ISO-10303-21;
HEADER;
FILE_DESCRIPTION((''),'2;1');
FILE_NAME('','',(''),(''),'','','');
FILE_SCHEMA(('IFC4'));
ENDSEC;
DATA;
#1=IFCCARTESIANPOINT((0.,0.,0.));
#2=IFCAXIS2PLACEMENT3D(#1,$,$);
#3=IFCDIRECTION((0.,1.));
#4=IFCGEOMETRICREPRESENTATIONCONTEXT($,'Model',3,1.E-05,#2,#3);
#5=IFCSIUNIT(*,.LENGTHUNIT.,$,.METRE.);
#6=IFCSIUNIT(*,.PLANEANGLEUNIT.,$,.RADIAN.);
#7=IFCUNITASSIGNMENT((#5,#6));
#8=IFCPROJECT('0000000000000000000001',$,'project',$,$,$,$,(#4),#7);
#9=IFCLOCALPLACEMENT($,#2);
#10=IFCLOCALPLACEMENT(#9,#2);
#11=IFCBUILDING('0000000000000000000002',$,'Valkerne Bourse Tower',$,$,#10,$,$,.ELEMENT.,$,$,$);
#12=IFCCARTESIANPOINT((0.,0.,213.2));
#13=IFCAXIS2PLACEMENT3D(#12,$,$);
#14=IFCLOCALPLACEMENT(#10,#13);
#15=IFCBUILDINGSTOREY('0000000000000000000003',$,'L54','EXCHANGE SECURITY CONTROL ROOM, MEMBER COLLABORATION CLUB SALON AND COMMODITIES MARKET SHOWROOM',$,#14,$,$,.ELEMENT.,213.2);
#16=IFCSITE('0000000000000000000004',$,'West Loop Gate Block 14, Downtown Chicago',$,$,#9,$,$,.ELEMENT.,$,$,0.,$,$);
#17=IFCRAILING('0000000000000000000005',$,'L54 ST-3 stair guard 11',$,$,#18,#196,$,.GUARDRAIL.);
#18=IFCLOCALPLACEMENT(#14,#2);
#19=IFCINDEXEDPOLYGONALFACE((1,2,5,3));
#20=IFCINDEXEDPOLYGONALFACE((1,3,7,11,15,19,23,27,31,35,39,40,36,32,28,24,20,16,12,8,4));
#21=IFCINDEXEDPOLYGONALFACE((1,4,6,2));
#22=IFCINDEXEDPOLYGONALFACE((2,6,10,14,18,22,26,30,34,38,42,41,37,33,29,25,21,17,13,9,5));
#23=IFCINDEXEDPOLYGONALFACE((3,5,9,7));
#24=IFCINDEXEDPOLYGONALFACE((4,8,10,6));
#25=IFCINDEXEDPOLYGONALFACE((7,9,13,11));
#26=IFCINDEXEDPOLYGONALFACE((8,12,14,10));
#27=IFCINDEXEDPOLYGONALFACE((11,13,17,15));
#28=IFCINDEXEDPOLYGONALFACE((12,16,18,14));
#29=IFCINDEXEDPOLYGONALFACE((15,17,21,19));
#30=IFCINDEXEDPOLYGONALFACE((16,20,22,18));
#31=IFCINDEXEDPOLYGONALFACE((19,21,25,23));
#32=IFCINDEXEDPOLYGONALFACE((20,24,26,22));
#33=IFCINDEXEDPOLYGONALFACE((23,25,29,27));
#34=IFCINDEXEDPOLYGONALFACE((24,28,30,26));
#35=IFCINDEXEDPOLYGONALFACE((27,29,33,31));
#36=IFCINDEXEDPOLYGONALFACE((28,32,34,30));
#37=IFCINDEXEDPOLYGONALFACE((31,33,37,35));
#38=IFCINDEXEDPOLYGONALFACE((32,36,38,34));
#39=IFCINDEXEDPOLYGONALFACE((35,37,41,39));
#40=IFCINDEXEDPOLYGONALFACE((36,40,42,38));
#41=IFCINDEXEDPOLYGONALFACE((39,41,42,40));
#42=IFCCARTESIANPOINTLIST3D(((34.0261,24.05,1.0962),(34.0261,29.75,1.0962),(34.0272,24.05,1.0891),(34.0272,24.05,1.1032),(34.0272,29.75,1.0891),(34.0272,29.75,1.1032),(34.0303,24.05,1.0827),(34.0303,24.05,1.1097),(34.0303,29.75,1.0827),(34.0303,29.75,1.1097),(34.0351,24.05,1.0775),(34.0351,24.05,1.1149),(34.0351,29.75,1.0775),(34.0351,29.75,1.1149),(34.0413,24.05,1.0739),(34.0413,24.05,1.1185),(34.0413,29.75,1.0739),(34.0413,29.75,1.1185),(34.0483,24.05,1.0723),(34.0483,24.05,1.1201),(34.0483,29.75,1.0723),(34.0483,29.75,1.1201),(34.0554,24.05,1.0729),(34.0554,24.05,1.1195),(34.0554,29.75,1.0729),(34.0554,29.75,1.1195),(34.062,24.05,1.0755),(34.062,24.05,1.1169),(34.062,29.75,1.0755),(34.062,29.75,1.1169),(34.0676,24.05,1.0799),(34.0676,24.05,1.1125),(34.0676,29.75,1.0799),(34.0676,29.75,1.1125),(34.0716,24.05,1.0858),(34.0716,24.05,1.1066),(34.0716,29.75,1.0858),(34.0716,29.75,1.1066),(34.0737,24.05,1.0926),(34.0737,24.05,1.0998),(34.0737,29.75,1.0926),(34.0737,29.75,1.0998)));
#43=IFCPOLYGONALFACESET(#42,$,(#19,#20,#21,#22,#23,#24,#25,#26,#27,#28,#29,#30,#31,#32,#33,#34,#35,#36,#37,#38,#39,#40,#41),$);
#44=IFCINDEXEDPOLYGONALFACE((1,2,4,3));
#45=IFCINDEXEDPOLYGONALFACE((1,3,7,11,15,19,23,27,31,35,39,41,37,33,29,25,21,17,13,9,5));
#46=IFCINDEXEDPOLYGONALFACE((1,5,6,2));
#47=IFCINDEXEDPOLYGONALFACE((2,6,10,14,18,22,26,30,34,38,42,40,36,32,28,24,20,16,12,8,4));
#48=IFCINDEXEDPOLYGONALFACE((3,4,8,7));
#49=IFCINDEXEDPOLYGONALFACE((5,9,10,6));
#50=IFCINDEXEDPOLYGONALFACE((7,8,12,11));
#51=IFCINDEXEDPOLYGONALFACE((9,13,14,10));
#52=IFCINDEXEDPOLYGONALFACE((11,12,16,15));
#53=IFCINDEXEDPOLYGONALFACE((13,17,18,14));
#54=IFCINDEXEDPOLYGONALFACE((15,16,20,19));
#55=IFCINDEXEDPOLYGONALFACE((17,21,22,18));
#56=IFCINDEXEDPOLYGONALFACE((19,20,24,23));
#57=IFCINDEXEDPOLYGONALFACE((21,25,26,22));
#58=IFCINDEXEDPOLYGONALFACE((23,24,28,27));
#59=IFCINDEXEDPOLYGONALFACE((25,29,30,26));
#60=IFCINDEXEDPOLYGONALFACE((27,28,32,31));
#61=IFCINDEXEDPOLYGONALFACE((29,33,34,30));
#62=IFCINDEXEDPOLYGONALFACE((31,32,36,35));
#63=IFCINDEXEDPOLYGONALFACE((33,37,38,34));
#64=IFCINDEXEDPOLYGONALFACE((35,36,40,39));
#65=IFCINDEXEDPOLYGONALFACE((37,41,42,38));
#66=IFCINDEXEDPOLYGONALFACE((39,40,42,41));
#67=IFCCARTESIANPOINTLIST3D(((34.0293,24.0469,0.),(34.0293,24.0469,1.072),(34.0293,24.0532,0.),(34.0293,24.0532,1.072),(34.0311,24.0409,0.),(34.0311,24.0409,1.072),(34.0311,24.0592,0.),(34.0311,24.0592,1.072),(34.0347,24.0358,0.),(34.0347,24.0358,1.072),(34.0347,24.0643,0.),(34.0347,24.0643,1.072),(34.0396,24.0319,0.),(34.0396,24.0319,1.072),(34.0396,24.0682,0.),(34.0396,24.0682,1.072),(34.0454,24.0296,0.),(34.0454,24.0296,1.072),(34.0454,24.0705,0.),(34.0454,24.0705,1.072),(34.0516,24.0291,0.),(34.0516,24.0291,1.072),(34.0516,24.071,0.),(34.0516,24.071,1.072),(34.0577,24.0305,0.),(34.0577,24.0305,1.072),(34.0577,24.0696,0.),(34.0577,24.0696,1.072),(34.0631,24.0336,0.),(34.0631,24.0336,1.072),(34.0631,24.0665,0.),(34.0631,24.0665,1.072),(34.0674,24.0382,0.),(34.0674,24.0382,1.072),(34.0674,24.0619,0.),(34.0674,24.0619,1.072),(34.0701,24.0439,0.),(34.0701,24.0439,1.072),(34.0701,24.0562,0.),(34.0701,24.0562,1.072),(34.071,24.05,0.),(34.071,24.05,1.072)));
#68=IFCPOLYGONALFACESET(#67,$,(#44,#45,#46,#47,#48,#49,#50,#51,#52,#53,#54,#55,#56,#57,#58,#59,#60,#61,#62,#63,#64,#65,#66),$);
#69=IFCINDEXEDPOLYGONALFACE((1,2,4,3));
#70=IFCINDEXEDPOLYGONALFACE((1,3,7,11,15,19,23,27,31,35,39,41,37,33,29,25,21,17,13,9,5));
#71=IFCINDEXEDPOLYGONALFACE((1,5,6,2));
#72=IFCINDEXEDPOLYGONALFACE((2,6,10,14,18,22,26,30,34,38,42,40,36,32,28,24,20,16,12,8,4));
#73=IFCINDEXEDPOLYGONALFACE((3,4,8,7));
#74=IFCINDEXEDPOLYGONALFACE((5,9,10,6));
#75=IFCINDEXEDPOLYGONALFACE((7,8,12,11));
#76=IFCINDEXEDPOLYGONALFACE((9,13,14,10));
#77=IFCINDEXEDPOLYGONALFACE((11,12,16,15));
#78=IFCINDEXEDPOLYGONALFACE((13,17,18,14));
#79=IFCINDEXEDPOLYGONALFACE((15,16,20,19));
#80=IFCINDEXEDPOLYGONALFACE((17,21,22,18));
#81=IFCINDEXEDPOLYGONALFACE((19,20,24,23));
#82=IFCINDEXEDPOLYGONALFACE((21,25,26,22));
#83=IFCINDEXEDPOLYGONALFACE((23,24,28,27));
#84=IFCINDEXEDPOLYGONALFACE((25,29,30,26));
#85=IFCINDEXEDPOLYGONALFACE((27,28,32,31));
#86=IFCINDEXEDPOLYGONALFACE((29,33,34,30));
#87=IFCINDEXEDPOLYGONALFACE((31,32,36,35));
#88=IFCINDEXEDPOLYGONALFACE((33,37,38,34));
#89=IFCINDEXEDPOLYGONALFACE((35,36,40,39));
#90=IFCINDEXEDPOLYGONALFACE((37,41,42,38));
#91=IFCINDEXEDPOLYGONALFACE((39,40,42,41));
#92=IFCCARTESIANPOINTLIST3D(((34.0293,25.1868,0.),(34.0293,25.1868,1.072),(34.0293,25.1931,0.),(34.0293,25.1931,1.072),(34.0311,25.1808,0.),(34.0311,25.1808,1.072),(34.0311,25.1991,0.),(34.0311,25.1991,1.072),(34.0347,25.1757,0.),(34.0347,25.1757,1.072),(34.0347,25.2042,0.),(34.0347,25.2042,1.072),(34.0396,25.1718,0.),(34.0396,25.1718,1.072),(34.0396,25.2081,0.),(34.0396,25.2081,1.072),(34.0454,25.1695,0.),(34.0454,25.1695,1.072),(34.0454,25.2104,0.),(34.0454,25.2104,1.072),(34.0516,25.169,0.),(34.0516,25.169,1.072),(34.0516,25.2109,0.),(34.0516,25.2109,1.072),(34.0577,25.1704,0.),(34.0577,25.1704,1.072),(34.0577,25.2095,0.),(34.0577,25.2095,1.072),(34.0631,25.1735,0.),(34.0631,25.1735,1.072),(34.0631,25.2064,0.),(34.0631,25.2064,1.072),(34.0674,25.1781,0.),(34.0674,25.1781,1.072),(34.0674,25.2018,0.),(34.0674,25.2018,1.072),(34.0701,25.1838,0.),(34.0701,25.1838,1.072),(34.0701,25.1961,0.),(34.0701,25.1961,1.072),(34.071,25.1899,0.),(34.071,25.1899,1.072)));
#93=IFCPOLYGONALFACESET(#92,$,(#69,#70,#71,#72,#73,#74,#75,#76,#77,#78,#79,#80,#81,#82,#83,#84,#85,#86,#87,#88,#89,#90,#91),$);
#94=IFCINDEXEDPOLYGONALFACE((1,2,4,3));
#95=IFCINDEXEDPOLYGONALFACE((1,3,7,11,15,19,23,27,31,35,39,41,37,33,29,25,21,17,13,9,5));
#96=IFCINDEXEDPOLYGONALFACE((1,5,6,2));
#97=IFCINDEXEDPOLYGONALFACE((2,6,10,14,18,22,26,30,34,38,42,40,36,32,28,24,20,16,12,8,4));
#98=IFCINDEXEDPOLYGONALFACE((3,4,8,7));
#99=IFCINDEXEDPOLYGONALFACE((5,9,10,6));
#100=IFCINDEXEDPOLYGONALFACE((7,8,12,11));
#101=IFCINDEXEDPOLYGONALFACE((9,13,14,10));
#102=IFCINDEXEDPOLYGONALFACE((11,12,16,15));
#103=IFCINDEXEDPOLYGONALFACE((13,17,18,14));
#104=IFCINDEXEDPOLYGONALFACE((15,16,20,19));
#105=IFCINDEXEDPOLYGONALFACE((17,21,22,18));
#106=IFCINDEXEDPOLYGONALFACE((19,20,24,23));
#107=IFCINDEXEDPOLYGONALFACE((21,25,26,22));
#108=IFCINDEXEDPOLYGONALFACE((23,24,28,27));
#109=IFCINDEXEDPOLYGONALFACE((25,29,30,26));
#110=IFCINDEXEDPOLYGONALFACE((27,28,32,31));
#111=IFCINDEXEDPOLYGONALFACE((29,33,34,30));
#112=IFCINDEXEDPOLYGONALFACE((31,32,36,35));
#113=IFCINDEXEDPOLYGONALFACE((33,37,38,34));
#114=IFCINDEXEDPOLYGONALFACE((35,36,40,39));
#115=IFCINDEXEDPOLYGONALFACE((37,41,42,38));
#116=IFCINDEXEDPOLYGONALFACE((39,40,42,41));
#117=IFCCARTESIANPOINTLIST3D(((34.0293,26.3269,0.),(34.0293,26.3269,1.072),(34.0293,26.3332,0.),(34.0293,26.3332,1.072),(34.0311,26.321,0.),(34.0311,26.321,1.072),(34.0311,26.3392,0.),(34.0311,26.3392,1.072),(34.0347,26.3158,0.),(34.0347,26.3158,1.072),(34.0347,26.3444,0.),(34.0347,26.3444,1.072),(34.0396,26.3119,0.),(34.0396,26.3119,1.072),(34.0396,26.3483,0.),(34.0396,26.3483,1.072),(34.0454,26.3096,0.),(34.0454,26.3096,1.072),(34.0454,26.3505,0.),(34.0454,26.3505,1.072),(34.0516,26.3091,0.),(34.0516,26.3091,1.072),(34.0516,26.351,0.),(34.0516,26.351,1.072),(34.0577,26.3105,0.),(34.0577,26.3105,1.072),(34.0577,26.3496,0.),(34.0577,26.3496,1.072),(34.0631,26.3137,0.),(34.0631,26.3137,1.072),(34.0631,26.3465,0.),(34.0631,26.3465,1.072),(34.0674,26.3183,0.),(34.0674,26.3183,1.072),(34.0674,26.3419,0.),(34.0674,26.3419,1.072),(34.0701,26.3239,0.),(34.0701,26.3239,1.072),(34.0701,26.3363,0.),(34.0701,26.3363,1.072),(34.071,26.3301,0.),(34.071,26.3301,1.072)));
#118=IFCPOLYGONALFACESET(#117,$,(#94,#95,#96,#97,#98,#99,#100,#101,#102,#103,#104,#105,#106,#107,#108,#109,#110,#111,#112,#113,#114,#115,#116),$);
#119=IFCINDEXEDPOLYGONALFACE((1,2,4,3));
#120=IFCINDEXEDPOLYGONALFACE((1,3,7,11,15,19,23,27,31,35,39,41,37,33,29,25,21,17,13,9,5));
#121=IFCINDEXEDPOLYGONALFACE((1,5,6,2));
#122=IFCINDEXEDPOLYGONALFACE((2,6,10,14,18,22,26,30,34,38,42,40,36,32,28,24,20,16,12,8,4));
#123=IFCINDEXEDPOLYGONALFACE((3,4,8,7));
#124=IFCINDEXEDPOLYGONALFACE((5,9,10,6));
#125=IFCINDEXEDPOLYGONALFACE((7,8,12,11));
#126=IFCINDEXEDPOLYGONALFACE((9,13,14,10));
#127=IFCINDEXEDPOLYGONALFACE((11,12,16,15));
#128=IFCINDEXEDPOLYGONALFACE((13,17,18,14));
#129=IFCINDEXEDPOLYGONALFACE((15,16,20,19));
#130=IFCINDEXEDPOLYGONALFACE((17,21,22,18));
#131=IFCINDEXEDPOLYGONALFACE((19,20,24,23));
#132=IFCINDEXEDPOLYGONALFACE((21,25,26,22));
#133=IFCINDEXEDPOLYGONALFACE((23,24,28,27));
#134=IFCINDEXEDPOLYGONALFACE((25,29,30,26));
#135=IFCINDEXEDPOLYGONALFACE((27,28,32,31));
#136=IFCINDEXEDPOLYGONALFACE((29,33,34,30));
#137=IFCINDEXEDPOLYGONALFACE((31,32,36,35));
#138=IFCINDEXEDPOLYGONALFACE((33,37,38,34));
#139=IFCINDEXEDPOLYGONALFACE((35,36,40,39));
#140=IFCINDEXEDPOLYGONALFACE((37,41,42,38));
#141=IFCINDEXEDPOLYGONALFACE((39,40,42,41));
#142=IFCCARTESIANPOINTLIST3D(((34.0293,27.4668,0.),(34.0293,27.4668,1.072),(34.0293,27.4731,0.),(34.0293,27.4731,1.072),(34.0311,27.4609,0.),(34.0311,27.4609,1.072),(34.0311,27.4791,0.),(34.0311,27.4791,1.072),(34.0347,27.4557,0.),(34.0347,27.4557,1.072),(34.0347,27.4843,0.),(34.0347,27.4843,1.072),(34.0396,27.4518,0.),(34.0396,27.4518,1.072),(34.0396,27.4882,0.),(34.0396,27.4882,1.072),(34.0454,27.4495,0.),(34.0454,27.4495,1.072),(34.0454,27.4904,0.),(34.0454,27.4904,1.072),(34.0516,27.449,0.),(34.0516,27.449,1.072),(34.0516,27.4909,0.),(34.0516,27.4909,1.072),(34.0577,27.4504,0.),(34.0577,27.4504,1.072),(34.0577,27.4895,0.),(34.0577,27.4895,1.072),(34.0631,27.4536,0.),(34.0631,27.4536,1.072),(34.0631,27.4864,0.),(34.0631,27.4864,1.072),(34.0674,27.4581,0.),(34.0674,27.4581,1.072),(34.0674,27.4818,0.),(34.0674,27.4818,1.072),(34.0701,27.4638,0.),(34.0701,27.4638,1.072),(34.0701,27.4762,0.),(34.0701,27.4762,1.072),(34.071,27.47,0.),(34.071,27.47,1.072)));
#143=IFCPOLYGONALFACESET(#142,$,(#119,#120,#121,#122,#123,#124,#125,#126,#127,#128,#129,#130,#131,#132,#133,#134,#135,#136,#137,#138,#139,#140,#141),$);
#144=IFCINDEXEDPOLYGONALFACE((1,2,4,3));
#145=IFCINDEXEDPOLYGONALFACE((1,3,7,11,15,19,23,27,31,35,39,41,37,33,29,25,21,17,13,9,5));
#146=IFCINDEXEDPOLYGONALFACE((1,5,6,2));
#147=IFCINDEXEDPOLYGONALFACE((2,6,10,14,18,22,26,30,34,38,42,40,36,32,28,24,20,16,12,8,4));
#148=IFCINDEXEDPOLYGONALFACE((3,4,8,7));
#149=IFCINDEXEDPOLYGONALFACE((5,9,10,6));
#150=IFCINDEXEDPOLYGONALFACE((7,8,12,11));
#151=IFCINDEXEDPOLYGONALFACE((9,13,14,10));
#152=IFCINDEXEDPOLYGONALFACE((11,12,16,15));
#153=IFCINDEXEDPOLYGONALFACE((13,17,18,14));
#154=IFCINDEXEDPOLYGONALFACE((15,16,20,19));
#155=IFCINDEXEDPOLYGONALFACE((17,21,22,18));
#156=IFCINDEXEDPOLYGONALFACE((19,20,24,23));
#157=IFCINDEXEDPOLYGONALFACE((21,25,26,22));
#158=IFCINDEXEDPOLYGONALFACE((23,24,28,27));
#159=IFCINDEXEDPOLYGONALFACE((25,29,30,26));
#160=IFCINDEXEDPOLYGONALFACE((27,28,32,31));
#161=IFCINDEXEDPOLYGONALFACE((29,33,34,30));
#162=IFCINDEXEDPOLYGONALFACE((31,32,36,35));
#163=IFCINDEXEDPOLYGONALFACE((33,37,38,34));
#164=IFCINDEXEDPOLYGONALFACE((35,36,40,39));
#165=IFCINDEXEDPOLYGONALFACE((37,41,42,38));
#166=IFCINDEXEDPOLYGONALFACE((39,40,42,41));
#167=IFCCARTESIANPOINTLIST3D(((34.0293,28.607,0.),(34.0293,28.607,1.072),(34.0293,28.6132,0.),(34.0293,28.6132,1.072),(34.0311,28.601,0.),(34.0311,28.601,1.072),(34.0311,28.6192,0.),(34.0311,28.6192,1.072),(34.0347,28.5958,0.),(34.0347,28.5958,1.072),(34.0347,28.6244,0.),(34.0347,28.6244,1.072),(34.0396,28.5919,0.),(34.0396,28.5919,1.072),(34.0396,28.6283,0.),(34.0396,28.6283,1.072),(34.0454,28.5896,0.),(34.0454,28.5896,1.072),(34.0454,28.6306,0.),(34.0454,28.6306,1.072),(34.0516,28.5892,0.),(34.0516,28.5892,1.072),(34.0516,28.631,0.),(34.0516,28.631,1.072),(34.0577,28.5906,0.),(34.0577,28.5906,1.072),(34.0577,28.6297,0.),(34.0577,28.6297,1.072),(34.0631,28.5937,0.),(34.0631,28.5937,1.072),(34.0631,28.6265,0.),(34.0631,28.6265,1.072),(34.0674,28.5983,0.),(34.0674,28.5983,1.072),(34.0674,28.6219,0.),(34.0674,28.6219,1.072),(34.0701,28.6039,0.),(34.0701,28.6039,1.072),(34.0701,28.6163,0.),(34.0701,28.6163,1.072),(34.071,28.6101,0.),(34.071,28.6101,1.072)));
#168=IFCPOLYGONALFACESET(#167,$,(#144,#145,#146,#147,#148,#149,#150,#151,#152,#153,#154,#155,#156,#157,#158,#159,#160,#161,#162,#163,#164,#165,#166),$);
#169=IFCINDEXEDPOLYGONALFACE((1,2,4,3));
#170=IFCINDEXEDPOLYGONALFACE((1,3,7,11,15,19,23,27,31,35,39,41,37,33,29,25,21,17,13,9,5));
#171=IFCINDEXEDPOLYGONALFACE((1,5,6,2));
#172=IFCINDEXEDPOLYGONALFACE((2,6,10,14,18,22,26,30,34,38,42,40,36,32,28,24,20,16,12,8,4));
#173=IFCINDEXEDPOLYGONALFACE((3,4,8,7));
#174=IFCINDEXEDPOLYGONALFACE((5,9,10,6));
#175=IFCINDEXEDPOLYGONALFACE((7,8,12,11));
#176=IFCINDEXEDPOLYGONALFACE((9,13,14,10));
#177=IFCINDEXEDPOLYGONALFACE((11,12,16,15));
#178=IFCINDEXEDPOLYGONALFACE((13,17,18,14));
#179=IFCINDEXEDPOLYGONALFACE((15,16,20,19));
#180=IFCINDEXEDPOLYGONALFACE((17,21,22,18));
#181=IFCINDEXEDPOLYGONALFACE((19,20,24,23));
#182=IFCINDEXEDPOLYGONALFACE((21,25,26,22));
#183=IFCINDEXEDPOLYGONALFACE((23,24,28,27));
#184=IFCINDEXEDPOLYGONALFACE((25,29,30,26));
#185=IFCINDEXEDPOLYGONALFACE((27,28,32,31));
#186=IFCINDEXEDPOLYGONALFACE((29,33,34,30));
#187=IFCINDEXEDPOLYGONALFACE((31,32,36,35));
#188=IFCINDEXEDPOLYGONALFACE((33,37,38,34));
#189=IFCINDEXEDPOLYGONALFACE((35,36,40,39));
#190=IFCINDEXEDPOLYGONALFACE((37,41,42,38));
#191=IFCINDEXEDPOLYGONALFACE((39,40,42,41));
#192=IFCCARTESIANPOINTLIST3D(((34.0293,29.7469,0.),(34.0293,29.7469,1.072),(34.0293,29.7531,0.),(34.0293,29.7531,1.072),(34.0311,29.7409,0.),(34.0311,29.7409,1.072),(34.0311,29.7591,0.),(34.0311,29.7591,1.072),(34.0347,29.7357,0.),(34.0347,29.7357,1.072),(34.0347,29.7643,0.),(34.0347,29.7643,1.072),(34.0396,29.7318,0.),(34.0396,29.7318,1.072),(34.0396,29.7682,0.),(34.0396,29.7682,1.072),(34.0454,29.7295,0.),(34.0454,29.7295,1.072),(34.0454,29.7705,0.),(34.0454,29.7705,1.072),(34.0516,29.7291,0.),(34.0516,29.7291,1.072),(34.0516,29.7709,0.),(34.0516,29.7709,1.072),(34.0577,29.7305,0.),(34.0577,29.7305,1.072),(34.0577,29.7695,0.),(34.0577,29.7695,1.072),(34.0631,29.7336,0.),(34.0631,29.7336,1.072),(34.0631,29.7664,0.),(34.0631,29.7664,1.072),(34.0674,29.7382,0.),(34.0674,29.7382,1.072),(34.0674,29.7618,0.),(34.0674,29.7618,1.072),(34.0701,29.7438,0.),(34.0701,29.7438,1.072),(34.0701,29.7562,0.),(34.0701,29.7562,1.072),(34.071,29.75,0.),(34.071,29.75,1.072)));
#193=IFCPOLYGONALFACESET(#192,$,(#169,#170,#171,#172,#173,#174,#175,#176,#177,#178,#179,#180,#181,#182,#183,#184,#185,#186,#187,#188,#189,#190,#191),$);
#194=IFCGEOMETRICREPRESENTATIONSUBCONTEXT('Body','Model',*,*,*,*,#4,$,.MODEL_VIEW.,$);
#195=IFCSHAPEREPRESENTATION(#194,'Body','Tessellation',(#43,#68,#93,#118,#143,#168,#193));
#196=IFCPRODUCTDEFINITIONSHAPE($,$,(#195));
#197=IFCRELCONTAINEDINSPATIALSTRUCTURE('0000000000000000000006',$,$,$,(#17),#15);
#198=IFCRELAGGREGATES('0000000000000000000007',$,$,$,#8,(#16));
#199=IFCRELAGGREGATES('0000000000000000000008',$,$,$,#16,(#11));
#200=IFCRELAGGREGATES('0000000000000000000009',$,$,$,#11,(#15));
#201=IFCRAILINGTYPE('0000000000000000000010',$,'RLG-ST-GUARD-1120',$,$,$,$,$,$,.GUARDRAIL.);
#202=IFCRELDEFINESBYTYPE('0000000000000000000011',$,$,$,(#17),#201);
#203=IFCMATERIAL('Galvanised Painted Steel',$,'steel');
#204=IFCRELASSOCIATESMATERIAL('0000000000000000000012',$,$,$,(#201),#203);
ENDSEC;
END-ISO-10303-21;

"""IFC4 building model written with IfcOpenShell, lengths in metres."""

from ifc_helpers import new_model, si_unit, direction, frame, origin, origin_2d, place, context, subcontext, project, spatial, circle, extrude, material, type_object, element, save


model = new_model("IFC4")

# Units and contexts
model_context = context("Model", 3, precision=1e-05, world=origin(), true_north=direction((0.0, 1.0)))
body_context = subcontext(model_context, "Body", "Model", "MODEL_VIEW")
ifc_project = project(units=[si_unit("LENGTHUNIT", "METRE"), si_unit("PLANEANGLEUNIT", "RADIAN")], contexts=[model_context])

# Site, building, storey
site_placement = place(None, origin())
site = spatial("IfcSite", under=ifc_project, at=site_placement, Name="West Loop Gate Block 14, Downtown Chicago", CompositionType="ELEMENT", RefElevation=0.0)
building_placement = place(site_placement, origin())
building = spatial("IfcBuilding", under=site, at=building_placement, Name="Valkerne Bourse Tower", CompositionType="ELEMENT")
storey_placement = place(building_placement, frame((0.0, 0.0, 213.2)))
storey = spatial("IfcBuildingStorey", under=building, at=storey_placement, Name="L54", Description="EXCHANGE SECURITY CONTROL ROOM, MEMBER COLLABORATION CLUB SALON AND COMMODITIES MARKET SHOWROOM", CompositionType="ELEMENT", Elevation=213.2)

# Shared definitions
ifc_material_1 = material(Name="Galvanised Painted Steel", Category="steel")

# Railing
railing_type_1 = type_object("IfcRailingType", Name="RLG-ST-GUARD-1120", PredefinedType="GUARDRAIL", material=ifc_material_1)
railing_1_placement = place(storey_placement, frame((34.05, 24.05, 0.0)))
element("IfcRailing", 1, at=railing_1_placement, inside=storey, type_object=railing_type_1, Name="L54 ST-3 stair guard 11", PredefinedType="GUARDRAIL", context=body_context, shape_type="SweptSolid", body=[
    extrude(circle(Radius=0.0239, at=origin_2d()), frame((0.0, 0.0, 1.0962), z_axis=(0.0, 1.0, 0.0), x_axis=(-1.0, 0.0, 0.0)), (0.0, 0.0, 1.0), 5.7),
    extrude(circle(Radius=0.021, at=origin_2d()), origin(), (0.0, 0.0, 1.0), 1.072),
    extrude(circle(Radius=0.021, at=origin_2d()), frame((0.0, 1.1399, 0.0)), (0.0, 0.0, 1.0), 1.072),
    extrude(circle(Radius=0.021, at=origin_2d()), frame((0.0, 2.28, 0.0)), (0.0, 0.0, 1.0), 1.072),
    extrude(circle(Radius=0.021, at=origin_2d()), frame((0.0, 3.4199, 0.0)), (0.0, 0.0, 1.0), 1.072),
    extrude(circle(Radius=0.021, at=origin_2d()), frame((0.0, 4.5601, 0.0)), (0.0, 0.0, 1.0), 1.072),
    extrude(circle(Radius=0.021, at=origin_2d()), frame((0.0, 5.7, 0.0)), (0.0, 0.0, 1.0), 1.072),
])

save(model, "model.ifc")
